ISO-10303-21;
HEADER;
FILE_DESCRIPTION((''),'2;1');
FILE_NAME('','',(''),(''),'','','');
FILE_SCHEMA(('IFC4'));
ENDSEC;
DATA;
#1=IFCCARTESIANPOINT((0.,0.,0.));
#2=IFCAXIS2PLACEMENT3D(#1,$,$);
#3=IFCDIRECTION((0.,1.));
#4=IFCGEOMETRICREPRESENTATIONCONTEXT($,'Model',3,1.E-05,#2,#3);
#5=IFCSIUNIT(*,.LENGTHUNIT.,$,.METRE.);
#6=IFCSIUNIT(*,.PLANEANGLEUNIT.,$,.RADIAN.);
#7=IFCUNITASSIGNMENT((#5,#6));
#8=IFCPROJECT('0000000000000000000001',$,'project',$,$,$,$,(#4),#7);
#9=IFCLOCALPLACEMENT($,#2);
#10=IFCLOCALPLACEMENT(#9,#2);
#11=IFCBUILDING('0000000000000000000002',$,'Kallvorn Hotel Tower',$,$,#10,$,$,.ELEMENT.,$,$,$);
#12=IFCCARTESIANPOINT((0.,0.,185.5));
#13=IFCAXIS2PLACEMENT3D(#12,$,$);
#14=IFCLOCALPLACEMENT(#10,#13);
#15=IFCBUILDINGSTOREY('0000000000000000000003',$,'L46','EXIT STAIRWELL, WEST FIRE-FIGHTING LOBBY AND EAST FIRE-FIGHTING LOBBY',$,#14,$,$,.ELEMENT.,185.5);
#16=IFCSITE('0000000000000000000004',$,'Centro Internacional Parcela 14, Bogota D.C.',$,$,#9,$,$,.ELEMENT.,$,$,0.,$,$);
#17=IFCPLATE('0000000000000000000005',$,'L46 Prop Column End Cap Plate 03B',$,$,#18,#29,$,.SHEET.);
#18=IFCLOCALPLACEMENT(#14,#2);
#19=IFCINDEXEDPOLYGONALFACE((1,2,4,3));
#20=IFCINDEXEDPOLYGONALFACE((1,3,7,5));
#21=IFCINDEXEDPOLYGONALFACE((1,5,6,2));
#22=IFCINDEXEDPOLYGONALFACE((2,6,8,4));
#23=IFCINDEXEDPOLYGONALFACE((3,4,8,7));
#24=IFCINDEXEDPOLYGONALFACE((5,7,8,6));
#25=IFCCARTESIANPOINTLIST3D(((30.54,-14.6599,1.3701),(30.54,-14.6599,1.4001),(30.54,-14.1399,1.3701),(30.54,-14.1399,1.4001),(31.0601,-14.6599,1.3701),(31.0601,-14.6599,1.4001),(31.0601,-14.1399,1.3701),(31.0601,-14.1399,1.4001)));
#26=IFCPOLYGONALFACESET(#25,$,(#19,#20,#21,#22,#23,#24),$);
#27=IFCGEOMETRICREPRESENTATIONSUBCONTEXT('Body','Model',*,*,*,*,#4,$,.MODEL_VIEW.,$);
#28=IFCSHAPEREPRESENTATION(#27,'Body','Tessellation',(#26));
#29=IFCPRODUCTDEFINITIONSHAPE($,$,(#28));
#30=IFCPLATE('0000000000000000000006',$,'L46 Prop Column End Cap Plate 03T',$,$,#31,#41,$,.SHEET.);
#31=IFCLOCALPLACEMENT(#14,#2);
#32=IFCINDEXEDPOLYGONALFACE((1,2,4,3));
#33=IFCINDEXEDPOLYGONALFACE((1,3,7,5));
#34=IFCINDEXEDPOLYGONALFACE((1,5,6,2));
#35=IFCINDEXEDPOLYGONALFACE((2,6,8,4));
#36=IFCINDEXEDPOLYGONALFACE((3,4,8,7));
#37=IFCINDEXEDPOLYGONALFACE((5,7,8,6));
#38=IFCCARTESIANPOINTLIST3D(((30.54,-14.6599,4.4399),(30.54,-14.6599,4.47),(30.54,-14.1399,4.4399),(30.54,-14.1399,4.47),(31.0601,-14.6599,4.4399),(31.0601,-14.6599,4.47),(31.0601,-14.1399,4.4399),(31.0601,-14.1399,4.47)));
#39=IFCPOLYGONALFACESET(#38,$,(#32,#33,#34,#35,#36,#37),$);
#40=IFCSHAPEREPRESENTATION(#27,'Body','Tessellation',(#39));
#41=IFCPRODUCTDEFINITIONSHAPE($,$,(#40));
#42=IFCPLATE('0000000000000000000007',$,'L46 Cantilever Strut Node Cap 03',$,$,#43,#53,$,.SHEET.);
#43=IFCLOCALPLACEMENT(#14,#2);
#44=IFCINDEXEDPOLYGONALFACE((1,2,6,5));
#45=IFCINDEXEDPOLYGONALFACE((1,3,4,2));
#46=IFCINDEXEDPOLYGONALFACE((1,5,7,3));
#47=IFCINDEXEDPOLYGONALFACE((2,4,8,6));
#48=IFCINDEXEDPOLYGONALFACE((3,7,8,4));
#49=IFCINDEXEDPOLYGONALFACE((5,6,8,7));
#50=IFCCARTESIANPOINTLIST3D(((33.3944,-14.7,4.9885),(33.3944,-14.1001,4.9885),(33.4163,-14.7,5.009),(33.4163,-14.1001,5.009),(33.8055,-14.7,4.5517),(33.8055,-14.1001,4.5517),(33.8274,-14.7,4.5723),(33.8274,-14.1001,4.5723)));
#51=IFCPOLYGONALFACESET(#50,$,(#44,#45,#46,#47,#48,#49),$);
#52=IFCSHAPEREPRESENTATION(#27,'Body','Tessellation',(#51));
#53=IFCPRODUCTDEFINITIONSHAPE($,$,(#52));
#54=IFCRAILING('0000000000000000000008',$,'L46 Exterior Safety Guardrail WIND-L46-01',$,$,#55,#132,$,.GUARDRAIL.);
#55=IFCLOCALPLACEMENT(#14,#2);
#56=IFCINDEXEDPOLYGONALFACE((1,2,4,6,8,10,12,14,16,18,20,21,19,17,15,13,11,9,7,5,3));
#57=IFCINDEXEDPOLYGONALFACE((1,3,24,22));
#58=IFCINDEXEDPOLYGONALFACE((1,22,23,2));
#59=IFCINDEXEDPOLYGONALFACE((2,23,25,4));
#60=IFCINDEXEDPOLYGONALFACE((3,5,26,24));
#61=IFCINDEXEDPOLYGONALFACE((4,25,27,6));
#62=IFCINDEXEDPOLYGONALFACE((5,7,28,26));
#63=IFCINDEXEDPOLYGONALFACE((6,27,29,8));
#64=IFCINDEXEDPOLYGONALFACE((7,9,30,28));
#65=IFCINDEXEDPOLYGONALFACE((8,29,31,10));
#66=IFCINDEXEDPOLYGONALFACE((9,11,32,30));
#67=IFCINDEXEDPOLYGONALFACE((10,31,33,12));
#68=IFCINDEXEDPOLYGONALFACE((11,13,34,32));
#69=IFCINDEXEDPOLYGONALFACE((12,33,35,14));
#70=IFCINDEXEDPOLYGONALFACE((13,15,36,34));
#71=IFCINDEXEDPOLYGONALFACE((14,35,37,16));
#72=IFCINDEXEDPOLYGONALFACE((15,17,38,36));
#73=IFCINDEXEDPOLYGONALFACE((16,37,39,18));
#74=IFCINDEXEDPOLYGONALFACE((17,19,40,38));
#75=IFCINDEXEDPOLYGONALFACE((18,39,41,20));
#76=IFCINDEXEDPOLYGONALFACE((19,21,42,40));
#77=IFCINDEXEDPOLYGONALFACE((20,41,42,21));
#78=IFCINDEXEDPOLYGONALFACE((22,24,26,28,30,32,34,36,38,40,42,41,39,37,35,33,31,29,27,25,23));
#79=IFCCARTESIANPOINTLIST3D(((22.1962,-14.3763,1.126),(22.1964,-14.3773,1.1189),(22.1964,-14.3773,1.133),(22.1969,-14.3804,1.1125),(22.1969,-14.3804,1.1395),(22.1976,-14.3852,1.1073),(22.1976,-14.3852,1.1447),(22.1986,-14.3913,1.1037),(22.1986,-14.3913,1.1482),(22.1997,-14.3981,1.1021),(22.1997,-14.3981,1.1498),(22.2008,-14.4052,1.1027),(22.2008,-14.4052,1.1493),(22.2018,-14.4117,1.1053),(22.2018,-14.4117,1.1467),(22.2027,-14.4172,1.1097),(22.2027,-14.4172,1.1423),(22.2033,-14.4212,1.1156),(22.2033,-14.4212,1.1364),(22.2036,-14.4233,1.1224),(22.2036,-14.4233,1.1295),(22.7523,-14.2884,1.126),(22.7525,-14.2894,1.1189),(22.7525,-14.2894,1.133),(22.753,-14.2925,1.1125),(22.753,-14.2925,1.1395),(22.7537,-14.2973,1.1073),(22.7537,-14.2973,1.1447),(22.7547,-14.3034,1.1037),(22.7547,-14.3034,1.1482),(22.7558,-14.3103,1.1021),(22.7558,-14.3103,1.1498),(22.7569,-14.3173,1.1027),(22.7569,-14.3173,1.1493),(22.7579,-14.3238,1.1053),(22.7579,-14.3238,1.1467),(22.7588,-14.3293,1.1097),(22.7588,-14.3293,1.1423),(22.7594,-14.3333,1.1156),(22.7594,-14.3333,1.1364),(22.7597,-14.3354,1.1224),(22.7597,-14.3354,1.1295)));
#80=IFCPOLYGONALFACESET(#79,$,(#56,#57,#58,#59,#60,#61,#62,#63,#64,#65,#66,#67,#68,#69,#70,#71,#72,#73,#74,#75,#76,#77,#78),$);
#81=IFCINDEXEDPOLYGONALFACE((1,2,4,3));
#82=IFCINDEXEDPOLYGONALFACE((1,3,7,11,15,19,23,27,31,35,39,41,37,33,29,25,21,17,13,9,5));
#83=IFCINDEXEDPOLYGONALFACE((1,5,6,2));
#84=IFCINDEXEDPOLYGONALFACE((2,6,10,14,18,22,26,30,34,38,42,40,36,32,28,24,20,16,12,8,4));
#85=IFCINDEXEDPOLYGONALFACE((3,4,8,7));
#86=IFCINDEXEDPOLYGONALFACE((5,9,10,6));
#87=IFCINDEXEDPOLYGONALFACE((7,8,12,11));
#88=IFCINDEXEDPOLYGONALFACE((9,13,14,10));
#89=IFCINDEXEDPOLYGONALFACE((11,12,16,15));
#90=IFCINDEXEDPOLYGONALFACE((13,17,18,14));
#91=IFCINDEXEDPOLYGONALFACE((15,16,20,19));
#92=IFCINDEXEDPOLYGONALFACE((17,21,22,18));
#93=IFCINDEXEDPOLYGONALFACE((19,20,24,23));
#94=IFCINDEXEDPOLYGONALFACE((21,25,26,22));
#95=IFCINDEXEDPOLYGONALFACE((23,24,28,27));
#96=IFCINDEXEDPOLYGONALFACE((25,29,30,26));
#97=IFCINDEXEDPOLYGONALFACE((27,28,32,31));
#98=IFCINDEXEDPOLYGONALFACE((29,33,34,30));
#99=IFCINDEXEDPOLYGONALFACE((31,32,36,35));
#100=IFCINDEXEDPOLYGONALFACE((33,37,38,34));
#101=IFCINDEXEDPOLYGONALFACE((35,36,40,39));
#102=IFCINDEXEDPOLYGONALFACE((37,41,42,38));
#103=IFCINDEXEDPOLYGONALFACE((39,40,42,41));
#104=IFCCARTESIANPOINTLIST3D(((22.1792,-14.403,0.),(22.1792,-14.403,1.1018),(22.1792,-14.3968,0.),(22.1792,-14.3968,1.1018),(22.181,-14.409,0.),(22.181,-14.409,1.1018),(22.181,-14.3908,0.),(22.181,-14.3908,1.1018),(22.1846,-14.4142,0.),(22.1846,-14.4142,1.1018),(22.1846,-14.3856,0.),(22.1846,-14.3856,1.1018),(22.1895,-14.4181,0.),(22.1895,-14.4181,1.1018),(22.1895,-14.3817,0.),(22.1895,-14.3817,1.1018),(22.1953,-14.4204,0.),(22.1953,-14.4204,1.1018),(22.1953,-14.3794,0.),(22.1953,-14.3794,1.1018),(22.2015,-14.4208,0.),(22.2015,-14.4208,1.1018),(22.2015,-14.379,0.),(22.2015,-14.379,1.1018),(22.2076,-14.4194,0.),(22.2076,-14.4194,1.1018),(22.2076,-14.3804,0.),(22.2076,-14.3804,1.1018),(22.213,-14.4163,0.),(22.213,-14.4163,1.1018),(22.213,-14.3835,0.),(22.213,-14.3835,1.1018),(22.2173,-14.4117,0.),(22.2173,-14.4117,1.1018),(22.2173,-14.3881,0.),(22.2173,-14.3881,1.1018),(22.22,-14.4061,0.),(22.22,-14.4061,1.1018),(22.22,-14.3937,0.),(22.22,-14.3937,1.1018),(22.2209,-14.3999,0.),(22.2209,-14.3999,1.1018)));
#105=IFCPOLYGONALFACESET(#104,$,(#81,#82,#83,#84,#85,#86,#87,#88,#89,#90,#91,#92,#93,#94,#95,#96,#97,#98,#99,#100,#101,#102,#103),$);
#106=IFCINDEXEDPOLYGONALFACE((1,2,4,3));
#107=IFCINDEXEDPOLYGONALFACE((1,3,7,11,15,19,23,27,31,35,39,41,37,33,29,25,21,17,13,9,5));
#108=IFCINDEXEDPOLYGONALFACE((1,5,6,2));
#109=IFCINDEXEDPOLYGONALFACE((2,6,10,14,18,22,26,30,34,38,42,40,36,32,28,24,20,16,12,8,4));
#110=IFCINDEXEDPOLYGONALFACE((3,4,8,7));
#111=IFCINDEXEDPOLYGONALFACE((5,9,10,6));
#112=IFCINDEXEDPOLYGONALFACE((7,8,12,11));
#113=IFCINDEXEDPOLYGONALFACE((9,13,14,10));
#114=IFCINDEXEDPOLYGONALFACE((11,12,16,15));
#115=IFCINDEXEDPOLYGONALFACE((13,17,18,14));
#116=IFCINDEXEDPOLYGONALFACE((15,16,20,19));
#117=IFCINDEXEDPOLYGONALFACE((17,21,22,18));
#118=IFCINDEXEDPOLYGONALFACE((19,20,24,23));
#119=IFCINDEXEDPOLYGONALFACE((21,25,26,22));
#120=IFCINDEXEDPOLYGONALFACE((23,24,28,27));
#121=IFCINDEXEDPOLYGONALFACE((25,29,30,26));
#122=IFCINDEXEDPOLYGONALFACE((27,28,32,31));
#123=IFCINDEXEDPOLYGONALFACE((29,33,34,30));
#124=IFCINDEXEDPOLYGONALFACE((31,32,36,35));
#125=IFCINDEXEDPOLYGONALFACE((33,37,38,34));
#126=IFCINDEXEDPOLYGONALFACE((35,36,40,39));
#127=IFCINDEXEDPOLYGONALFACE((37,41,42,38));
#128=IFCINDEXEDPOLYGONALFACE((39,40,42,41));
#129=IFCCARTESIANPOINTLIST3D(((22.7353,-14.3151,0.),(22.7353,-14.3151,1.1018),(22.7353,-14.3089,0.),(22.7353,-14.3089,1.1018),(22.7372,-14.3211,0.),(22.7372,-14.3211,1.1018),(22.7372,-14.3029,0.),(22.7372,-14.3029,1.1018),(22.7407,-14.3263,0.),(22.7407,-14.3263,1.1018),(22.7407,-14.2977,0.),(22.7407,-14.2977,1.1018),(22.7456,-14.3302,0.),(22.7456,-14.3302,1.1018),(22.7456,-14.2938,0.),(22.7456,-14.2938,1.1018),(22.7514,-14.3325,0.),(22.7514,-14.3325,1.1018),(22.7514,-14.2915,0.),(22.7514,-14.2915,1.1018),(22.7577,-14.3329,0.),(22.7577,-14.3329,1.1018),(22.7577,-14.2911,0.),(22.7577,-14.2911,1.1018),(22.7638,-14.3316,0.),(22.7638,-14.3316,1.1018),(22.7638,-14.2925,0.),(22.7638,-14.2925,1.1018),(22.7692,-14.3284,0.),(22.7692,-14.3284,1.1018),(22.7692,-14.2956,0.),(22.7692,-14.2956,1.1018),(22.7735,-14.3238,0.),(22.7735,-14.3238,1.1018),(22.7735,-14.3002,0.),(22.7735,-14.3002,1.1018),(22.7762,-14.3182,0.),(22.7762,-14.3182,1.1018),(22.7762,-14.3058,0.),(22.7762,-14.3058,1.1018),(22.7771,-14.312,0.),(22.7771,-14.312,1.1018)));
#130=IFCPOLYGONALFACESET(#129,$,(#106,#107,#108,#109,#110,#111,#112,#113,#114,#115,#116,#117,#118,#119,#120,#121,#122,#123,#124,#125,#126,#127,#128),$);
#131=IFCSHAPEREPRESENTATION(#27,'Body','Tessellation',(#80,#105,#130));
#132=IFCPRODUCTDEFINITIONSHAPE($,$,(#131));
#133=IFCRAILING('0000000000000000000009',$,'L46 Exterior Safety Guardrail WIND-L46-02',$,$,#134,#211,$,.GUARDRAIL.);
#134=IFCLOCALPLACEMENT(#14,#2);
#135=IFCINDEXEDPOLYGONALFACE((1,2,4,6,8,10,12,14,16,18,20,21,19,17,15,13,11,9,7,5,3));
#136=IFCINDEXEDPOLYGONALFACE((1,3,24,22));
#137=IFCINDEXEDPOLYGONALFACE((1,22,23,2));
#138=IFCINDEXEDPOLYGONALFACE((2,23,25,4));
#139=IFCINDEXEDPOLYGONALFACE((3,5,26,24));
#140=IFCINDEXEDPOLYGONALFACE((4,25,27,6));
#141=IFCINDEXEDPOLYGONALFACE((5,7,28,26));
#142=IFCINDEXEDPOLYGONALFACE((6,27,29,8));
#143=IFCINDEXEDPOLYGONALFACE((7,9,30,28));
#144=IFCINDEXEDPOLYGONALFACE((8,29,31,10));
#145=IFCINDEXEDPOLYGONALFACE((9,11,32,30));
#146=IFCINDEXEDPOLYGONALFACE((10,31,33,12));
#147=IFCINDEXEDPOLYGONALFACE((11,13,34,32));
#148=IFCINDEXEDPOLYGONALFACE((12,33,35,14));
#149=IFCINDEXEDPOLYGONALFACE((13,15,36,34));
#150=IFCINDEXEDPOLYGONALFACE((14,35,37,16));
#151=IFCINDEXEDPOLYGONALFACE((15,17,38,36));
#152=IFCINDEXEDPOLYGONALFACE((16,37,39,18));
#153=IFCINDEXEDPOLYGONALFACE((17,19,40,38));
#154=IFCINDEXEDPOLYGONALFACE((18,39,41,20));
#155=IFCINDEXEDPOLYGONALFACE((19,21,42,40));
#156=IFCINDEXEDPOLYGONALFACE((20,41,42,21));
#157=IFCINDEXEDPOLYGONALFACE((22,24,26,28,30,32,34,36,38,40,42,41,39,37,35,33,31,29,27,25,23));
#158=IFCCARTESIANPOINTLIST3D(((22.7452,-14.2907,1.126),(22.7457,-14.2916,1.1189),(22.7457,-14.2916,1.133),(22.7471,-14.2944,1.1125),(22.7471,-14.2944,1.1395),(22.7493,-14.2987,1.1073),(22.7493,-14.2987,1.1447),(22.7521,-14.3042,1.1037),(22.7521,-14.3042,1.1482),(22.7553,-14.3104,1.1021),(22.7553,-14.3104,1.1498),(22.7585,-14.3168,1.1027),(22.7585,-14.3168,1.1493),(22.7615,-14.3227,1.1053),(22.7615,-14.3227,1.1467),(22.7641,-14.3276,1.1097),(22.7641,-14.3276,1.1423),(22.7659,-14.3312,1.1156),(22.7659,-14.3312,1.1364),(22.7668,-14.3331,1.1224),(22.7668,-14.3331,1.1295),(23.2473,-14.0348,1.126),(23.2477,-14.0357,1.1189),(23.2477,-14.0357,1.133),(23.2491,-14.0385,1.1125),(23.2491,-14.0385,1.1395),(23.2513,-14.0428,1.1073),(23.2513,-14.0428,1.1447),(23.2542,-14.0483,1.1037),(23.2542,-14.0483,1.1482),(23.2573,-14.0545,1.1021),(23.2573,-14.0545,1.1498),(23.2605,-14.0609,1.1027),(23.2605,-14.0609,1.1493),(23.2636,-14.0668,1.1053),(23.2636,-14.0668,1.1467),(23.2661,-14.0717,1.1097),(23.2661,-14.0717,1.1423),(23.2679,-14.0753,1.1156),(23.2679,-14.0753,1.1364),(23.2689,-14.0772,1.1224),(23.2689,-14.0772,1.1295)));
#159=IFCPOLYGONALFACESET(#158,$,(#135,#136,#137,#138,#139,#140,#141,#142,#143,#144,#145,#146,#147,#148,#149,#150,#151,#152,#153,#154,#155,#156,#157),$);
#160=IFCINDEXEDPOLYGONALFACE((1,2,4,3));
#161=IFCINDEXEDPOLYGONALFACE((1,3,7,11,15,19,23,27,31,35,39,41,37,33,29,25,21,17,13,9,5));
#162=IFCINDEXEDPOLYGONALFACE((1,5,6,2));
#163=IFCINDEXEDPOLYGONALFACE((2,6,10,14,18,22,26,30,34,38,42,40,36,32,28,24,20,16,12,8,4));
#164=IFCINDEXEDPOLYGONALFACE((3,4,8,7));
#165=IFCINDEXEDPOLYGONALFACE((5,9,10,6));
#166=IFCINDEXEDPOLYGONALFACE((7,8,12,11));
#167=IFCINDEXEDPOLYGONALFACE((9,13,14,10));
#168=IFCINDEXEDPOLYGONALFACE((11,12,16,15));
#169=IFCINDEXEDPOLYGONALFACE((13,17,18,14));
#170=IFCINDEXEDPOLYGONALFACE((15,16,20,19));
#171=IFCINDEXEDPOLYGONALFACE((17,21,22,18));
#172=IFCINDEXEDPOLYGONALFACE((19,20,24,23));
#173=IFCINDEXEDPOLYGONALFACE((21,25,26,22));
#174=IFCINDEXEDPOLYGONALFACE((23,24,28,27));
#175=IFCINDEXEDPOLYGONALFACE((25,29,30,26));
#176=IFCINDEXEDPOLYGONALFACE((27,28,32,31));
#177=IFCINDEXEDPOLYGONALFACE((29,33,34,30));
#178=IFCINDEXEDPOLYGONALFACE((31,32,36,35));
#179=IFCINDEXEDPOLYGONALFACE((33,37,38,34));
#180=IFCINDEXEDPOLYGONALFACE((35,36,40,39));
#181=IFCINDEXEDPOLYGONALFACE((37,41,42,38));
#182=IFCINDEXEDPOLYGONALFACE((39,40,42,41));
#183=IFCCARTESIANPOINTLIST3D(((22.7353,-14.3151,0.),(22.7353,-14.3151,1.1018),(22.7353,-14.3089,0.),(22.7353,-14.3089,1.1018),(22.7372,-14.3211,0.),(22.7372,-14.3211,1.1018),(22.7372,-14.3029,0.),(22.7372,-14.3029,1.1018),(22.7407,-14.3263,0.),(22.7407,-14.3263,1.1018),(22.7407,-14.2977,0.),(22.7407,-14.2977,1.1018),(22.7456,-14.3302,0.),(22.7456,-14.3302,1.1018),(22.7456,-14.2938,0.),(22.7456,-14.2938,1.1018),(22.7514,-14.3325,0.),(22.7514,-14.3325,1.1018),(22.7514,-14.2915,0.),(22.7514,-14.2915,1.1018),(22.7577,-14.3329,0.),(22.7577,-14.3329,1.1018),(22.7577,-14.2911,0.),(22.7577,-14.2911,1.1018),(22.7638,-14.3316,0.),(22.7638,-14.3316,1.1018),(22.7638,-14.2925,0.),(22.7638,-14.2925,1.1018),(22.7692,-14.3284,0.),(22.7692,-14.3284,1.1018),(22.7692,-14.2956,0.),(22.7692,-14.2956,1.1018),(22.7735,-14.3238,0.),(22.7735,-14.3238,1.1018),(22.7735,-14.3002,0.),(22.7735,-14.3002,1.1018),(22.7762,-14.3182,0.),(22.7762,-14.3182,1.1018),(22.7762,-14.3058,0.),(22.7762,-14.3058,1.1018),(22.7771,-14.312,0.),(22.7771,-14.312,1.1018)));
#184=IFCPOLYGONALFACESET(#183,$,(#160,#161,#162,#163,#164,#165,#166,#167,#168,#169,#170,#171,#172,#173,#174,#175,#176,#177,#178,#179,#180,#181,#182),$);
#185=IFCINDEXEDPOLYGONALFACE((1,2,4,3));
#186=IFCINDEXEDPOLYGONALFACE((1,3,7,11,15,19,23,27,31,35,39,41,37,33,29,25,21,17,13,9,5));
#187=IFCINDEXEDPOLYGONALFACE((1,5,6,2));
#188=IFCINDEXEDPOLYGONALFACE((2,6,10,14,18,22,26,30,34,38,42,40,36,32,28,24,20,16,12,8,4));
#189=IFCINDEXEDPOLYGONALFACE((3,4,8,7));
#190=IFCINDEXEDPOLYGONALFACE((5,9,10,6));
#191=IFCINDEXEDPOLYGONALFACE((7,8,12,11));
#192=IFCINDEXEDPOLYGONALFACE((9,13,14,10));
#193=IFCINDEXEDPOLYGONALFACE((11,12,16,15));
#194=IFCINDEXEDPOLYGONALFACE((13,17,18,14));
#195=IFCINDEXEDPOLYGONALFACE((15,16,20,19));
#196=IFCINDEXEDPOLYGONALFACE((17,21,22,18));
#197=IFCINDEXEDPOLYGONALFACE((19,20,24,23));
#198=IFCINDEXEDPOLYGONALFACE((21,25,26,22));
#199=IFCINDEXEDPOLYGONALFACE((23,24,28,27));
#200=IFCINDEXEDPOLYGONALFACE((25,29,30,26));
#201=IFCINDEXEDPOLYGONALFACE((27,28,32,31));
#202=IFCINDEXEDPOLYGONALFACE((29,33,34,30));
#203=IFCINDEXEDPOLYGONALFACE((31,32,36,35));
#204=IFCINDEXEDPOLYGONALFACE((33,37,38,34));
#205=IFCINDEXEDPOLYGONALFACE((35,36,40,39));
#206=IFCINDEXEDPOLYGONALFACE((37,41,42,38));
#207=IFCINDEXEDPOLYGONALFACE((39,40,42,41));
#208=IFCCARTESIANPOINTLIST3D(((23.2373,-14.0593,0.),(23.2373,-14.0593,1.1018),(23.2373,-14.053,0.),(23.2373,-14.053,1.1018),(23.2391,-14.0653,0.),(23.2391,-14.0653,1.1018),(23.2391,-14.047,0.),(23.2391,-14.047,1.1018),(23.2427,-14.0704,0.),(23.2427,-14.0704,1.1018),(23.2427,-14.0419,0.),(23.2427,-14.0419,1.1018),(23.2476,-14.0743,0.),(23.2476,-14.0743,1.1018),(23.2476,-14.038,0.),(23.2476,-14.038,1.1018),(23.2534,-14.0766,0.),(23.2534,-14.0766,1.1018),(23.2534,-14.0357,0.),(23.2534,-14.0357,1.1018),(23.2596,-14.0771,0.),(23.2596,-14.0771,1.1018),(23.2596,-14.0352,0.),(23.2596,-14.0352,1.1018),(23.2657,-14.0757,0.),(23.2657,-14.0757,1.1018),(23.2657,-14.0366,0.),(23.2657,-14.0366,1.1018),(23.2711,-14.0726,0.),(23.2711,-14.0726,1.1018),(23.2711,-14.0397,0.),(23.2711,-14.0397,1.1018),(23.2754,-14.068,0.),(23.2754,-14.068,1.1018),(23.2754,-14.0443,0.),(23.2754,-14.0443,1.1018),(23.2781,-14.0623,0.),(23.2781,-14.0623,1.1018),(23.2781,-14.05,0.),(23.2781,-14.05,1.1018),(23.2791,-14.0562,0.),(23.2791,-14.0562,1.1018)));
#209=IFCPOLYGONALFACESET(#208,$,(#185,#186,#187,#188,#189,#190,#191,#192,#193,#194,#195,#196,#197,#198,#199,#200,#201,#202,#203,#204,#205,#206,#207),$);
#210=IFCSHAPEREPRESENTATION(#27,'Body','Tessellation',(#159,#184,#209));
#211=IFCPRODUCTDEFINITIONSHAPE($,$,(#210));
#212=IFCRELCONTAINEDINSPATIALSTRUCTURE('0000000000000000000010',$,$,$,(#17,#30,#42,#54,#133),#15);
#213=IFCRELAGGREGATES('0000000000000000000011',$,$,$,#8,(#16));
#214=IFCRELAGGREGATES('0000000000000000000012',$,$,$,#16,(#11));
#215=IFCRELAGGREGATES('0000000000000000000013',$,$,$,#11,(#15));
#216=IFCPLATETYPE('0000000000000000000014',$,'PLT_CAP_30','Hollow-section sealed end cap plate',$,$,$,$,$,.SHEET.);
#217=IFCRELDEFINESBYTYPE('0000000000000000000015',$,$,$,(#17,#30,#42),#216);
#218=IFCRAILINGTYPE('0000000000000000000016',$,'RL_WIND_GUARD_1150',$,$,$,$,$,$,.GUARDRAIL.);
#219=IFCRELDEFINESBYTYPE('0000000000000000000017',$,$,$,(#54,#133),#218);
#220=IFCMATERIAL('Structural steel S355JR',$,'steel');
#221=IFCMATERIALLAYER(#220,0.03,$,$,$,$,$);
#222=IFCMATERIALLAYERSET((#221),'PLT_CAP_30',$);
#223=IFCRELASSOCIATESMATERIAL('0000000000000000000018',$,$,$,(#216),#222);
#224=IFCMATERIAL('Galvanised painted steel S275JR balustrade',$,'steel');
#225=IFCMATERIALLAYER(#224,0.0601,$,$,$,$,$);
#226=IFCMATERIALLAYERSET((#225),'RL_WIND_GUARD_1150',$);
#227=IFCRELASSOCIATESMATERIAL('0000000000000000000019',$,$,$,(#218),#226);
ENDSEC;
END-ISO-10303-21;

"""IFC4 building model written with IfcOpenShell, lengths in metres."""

from ifc_helpers import new_model, si_unit, direction, frame, origin, origin_2d, place, context, subcontext, project, spatial, polyline, rectangle, circle, outline, extrude, material, layer, layer_set, type_object, element, save


model = new_model("IFC4")

# Units and contexts
model_context = context("Model", 3, precision=1e-05, world=origin(), true_north=direction((0.0, 1.0)))
body_context = subcontext(model_context, "Body", "Model", "MODEL_VIEW")
ifc_project = project(units=[si_unit("LENGTHUNIT", "METRE"), si_unit("PLANEANGLEUNIT", "RADIAN")], contexts=[model_context])

# Site, building, storey
site_placement = place(None, origin())
site = spatial("IfcSite", under=ifc_project, at=site_placement, Name="Centro Internacional Parcela 14, Bogota D.C.", CompositionType="ELEMENT", RefElevation=0.0)
building_placement = place(site_placement, origin())
building = spatial("IfcBuilding", under=site, at=building_placement, Name="Kallvorn Hotel Tower", CompositionType="ELEMENT")
storey_placement = place(building_placement, frame((0.0, 0.0, 185.5)))
storey = spatial("IfcBuildingStorey", under=building, at=storey_placement, Name="L46", Description="EXIT STAIRWELL, WEST FIRE-FIGHTING LOBBY AND EAST FIRE-FIGHTING LOBBY", CompositionType="ELEMENT", Elevation=185.5)

# Plates
ifc_material_1 = material(Name="Structural steel S355JR", Category="steel")
ifc_layer_1 = layer(ifc_material_1, 0.03)
ifc_layer_set_1 = layer_set([ifc_layer_1], Name="PLT_CAP_30")
plate_type = type_object("IfcPlateType", Name="PLT_CAP_30", Description="Hollow-section sealed end cap plate", PredefinedType="SHEET", material=ifc_layer_set_1)
for number, where, z_axis, x_axis, name in (
    (1, (30.8, -14.3999, 1.3701), (0.0, 0.0, 1.0), (1.0, 0.0, 0.0), "L46 Prop Column End Cap Plate 03B"),
    (2, (30.8, -14.3999, 4.4399), (0.0, 0.0, 1.0), (1.0, 0.0, 0.0), "L46 Prop Column End Cap Plate 03T"),
):
    element("IfcPlate", number, at=place(storey_placement, frame(where, z_axis=z_axis, x_axis=x_axis)), inside=storey, type_object=plate_type, Name=name, PredefinedType="SHEET", context=body_context, shape_type="SweptSolid", body=[
        extrude(rectangle(XDim=0.52, YDim=0.52, at=origin_2d()), origin(), (0.0, 0.0, 1.0), 0.03),
    ])
plate_1_placement = place(storey_placement, frame((33.8274, -14.7, 4.5723), z_axis=(0.728152, 0.0, 0.685415), x_axis=(0.0, 1.0, 0.0)))
element("IfcPlate", 3, at=plate_1_placement, inside=storey, type_object=plate_type, Name="L46 Cantilever Strut Node Cap 03", PredefinedType="SHEET", context=body_context, shape_type="SweptSolid", body=[
    extrude(outline(polyline([(0.0, 0.0), (0.5999, 0.0), (0.5999, 0.5998), (0.0, 0.5998), (0.0, 0.0)])), origin(), (0.0, 0.0, -1.0), 0.03),
])

# Railings
ifc_material_2 = material(Name="Galvanised painted steel S275JR balustrade", Category="steel")
ifc_layer_2 = layer(ifc_material_2, 0.0601)
ifc_layer_set_2 = layer_set([ifc_layer_2], Name="RL_WIND_GUARD_1150")
railing_type = type_object("IfcRailingType", Name="RL_WIND_GUARD_1150", PredefinedType="GUARDRAIL", material=ifc_layer_set_2)
railing_1_placement = place(storey_placement, frame((22.2, -14.3999, 0.0)))
element("IfcRailing", 4, at=railing_1_placement, inside=storey, type_object=railing_type, Name="L46 Exterior Safety Guardrail WIND-L46-01", PredefinedType="GUARDRAIL", context=body_context, shape_type="SweptSolid", body=[
    extrude(circle(Radius=0.0239, at=origin_2d()), frame((0.0, 0.0, 1.126), z_axis=(0.987742, 0.156096, 0.0), x_axis=(-0.156096, 0.987742, 0.0)), (0.0, 0.0, 1.0), 0.563),
    extrude(circle(Radius=0.021, at=origin_2d()), origin(), (0.0, 0.0, 1.0), 1.1018),
    extrude(circle(Radius=0.021, at=origin_2d()), frame((0.5562, 0.0879, 0.0)), (0.0, 0.0, 1.0), 1.1018),
])
railing_2_placement = place(storey_placement, frame((22.7561, -14.312, 0.0)))
element("IfcRailing", 5, at=railing_2_placement, inside=storey, type_object=railing_type, Name="L46 Exterior Safety Guardrail WIND-L46-02", PredefinedType="GUARDRAIL", context=body_context, shape_type="SweptSolid", body=[
    extrude(circle(Radius=0.0239, at=origin_2d()), frame((0.0, 0.0, 1.126), z_axis=(0.890934, 0.454133, 0.0), x_axis=(-0.454133, 0.890934, 0.0)), (0.0, 0.0, 1.0), 0.5635),
    extrude(circle(Radius=0.021, at=origin_2d()), origin(), (0.0, 0.0, 1.0), 1.1018),
    extrude(circle(Radius=0.021, at=origin_2d()), frame((0.502, 0.2559, 0.0)), (0.0, 0.0, 1.0), 1.1018),
])

save(model, "model.ifc")
